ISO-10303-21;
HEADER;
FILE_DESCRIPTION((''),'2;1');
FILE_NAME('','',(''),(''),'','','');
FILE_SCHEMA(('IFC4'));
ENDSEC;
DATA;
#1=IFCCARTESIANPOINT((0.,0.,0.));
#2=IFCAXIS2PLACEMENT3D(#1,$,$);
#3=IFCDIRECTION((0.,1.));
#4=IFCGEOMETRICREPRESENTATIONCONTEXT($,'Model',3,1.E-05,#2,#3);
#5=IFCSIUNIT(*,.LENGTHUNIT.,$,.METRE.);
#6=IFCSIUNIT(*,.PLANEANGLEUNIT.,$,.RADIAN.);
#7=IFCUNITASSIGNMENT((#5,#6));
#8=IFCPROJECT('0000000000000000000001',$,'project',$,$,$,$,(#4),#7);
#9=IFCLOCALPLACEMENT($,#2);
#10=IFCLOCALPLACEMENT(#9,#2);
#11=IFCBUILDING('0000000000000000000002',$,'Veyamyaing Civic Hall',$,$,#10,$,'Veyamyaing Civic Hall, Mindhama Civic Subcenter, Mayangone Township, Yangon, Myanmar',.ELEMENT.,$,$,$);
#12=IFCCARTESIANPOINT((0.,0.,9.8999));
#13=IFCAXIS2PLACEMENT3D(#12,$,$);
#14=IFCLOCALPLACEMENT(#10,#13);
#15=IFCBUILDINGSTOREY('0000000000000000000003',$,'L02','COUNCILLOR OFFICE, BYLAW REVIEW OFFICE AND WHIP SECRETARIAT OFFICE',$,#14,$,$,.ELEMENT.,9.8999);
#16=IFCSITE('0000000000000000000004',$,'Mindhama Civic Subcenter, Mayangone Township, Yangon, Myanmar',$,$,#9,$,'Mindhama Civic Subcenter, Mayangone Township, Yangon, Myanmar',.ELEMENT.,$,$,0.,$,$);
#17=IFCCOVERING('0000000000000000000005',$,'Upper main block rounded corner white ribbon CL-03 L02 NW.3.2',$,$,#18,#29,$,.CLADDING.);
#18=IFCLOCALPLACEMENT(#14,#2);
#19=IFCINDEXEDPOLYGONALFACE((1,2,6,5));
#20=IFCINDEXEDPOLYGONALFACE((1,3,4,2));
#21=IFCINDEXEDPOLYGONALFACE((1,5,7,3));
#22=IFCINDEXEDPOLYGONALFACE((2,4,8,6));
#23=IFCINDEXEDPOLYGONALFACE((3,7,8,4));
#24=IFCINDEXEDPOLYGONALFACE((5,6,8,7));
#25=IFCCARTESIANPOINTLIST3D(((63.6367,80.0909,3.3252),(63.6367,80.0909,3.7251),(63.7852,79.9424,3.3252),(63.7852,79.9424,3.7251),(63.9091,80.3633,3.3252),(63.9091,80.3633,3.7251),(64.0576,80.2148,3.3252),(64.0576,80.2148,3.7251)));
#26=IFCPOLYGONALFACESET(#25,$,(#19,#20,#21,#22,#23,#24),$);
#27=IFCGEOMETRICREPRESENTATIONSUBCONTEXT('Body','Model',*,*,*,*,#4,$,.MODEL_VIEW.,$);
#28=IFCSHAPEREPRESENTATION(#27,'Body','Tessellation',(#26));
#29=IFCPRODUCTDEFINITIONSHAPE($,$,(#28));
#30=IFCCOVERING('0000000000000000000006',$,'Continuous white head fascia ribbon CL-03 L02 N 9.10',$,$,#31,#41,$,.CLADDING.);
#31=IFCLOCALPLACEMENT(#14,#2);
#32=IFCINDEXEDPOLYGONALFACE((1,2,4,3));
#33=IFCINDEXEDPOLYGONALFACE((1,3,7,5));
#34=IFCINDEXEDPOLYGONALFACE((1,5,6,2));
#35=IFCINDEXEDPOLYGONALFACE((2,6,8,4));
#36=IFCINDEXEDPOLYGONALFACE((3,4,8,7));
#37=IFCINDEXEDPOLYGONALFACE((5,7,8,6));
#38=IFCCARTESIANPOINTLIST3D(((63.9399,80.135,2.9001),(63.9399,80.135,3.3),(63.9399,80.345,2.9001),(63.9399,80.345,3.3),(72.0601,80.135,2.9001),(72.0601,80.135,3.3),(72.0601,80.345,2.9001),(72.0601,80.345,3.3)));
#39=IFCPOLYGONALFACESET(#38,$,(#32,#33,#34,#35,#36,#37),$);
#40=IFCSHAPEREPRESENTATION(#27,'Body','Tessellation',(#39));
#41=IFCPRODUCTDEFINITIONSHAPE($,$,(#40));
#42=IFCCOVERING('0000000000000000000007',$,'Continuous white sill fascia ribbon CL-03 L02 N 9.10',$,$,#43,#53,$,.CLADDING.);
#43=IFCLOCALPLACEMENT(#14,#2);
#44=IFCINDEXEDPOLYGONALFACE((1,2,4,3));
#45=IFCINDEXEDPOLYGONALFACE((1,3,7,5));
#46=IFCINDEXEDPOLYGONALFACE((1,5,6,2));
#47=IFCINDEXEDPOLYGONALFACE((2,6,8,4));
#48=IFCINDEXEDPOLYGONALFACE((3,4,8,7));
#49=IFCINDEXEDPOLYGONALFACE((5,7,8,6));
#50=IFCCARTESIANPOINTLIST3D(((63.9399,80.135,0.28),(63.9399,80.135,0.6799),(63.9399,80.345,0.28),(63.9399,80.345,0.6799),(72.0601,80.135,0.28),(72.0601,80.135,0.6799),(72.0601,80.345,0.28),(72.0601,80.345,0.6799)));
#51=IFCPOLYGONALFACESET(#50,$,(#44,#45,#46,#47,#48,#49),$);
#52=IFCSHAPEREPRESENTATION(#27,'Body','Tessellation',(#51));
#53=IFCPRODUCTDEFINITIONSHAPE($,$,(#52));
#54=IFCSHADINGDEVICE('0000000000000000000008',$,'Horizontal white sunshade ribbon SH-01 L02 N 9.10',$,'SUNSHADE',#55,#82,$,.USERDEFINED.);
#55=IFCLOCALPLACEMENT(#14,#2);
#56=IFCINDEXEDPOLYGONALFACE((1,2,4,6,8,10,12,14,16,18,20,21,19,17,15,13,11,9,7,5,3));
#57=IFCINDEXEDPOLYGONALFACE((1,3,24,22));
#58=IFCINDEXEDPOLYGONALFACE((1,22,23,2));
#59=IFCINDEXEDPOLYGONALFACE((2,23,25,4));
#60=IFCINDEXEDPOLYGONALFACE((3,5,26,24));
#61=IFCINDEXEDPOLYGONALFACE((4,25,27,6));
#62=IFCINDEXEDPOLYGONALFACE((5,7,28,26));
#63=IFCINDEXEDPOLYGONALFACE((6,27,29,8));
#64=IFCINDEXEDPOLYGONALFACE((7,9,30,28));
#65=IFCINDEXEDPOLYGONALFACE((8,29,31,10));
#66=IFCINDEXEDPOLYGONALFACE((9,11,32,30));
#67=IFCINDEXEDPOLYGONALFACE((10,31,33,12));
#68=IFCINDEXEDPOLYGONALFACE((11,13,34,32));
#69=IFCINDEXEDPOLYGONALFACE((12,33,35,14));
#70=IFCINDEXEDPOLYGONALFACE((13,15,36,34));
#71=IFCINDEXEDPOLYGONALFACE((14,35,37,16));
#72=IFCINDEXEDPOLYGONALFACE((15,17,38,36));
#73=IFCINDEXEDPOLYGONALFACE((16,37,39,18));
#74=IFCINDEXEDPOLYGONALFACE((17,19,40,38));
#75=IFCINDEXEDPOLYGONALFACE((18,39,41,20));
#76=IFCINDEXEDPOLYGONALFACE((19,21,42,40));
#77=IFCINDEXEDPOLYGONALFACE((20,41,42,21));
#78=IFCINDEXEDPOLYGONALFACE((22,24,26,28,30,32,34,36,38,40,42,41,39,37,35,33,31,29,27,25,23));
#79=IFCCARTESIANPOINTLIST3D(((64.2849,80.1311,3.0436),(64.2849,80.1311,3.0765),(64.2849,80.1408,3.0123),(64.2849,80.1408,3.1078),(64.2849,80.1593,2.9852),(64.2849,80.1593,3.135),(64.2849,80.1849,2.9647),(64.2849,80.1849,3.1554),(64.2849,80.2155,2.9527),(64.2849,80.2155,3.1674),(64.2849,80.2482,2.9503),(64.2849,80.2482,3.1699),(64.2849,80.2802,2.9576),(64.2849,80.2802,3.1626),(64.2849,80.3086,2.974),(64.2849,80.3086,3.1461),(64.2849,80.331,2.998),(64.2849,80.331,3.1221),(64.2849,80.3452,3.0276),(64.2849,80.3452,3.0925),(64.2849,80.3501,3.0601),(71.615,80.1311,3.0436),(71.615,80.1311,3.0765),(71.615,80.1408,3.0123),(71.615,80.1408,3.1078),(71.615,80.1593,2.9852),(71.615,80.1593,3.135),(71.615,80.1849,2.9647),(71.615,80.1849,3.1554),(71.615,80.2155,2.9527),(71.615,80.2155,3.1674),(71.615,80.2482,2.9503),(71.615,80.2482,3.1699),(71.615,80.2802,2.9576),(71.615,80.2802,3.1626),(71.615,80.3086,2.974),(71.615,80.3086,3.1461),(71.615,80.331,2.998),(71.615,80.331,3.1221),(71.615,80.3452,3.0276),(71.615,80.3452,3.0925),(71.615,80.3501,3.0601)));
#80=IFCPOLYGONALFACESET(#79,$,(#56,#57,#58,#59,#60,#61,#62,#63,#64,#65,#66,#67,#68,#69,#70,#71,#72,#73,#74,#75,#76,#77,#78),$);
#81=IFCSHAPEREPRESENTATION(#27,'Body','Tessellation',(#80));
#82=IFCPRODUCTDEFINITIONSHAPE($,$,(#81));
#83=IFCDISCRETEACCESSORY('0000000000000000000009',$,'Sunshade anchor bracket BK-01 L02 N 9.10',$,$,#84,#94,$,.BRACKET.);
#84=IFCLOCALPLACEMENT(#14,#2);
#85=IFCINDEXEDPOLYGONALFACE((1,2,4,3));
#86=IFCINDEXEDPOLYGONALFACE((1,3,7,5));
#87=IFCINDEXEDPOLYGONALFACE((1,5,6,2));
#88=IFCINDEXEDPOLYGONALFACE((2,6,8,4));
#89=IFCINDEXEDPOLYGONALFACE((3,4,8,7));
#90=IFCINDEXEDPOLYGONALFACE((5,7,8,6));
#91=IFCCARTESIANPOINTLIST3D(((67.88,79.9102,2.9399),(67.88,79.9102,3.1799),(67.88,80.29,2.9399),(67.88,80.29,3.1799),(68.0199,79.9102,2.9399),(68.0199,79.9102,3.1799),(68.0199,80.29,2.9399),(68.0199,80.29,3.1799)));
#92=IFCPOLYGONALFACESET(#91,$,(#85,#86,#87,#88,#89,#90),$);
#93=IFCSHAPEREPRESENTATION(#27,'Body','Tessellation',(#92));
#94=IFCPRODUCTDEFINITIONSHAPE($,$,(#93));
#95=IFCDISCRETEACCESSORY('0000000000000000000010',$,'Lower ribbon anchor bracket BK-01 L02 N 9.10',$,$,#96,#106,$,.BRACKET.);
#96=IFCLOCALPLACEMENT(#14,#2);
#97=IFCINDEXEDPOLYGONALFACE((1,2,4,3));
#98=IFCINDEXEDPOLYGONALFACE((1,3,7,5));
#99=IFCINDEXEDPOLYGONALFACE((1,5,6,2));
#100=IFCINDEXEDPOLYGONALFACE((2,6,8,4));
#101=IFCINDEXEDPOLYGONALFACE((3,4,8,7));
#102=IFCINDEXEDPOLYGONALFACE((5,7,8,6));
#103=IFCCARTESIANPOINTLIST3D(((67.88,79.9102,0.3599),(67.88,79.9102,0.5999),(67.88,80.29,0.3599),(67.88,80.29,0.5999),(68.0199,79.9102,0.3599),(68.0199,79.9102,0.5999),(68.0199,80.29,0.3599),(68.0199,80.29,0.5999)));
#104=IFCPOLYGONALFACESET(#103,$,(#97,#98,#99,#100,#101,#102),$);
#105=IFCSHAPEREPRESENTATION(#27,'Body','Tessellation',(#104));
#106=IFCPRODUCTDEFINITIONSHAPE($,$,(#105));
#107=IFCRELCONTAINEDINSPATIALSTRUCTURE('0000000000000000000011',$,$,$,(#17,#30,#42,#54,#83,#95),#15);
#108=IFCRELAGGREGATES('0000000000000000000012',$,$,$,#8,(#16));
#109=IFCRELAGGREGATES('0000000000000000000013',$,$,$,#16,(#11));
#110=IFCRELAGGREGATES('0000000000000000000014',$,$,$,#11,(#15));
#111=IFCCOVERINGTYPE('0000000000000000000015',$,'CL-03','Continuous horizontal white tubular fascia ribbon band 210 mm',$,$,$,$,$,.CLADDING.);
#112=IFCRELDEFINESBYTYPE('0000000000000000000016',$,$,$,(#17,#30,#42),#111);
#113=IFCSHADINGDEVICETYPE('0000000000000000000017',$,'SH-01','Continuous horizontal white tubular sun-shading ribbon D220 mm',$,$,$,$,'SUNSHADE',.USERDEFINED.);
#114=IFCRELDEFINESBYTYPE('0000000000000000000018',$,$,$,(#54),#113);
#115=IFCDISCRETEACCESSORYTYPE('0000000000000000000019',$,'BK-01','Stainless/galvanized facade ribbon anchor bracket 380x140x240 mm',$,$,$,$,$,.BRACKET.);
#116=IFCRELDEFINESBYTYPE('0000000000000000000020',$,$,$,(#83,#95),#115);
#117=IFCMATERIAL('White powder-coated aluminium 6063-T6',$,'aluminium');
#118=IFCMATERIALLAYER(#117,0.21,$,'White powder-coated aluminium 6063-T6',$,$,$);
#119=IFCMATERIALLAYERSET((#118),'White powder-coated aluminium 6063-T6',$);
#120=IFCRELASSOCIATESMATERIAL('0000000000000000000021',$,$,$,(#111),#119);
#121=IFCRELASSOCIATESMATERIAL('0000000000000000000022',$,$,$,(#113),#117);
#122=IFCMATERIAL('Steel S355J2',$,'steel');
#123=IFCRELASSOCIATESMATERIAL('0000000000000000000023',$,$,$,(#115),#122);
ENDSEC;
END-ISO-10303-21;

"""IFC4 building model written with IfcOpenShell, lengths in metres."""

from ifc_helpers import new_model, si_unit, direction, frame, origin, origin_2d, place, context, subcontext, project, spatial, rectangle, circle, extrude, material, layer, layer_set, material_profile, profile_set, type_object, element, save


model = new_model("IFC4")

# Units and contexts
model_context = context("Model", 3, precision=1e-05, world=origin(), true_north=direction((0.0, 1.0)))
body_context = subcontext(model_context, "Body", "Model", "MODEL_VIEW")
ifc_project = project(units=[si_unit("LENGTHUNIT", "METRE"), si_unit("PLANEANGLEUNIT", "RADIAN")], contexts=[model_context])

# Site, building, storey
site_placement = place(None, origin())
site = spatial("IfcSite", under=ifc_project, at=site_placement, Name="Mindhama Civic Subcenter, Mayangone Township, Yangon, Myanmar", LongName="Mindhama Civic Subcenter, Mayangone Township, Yangon, Myanmar", CompositionType="ELEMENT", RefElevation=0.0)
building_placement = place(site_placement, origin())
building = spatial("IfcBuilding", under=site, at=building_placement, Name="Veyamyaing Civic Hall", LongName="Veyamyaing Civic Hall, Mindhama Civic Subcenter, Mayangone Township, Yangon, Myanmar", CompositionType="ELEMENT")
storey_placement = place(building_placement, frame((0.0, 0.0, 9.8999)))
storey = spatial("IfcBuildingStorey", under=building, at=storey_placement, Name="L02", Description="COUNCILLOR OFFICE, BYLAW REVIEW OFFICE AND WHIP SECRETARIAT OFFICE", CompositionType="ELEMENT", Elevation=9.8999)

# Coverings
ifc_material_1 = material(Name="White powder-coated aluminium 6063-T6", Category="aluminium")
ifc_layer_1 = layer(ifc_material_1, 0.21, Name="White powder-coated aluminium 6063-T6")
ifc_layer_set_1 = layer_set([ifc_layer_1], Name="White powder-coated aluminium 6063-T6")
covering_type = type_object("IfcCoveringType", Name="CL-03", Description="Continuous horizontal white tubular fascia ribbon band 210 mm", PredefinedType="CLADDING", material=ifc_layer_set_1)
for number, where, z_axis, x_axis, name in (
    (1, (63.8472, 80.1528, 3.3252), (0.0, 0.0, 1.0), (-0.707107, -0.707107, 0.0), "Upper main block rounded corner white ribbon CL-03 L02 NW.3.2"),
):
    element("IfcCovering", number, at=place(storey_placement, frame(where, z_axis=z_axis, x_axis=x_axis)), inside=storey, type_object=covering_type, Name=name, PredefinedType="CLADDING", context=body_context, shape_type="SweptSolid", body=[
        extrude(rectangle(XDim=0.3853, YDim=0.21, at=origin_2d()), origin(), (0.0, 0.0, 1.0), 0.3999),
    ])
for number, where, z_axis, x_axis, name in (
    (2, (68.0, 80.24, 2.9001), (0.0, 0.0, 1.0), (1.0, 0.0, 0.0), "Continuous white head fascia ribbon CL-03 L02 N 9.10"),
    (3, (68.0, 80.24, 0.28), (0.0, 0.0, 1.0), (1.0, 0.0, 0.0), "Continuous white sill fascia ribbon CL-03 L02 N 9.10"),
):
    element("IfcCovering", number, at=place(storey_placement, frame(where, z_axis=z_axis, x_axis=x_axis)), inside=storey, type_object=covering_type, Name=name, PredefinedType="CLADDING", context=body_context, shape_type="SweptSolid", body=[
        extrude(rectangle(XDim=8.1201, YDim=0.21, at=origin_2d()), origin(), (0.0, 0.0, 1.0), 0.3999),
    ])

# Shading device
ifc_material_profile_1 = material_profile(ifc_material_1, circle(Radius=0.1101, at=origin_2d()), Name="SHADE-TUBE-220")
ifc_profile_set_1 = profile_set([ifc_material_profile_1], Name="White powder-coated aluminium 6063-T6")
shading_device_type = type_object("IfcShadingDeviceType", Name="SH-01", Description="Continuous horizontal white tubular sun-shading ribbon D220 mm", ElementType="SUNSHADE", PredefinedType="USERDEFINED", material=ifc_profile_set_1)
shading_device_placement = place(storey_placement, frame((64.2849, 80.24, 3.0601), z_axis=(1.0, 0.0, 0.0), x_axis=(0.0, 1.0, 0.0)))
element("IfcShadingDevice", 4, at=shading_device_placement, inside=storey, type_object=shading_device_type, Name="Horizontal white sunshade ribbon SH-01 L02 N 9.10", ObjectType="SUNSHADE", PredefinedType="USERDEFINED", context=body_context, shape_type="SweptSolid", body=[
    extrude(circle(Radius=0.1101, at=origin_2d()), origin(), (0.0, 0.0, 1.0), 7.3301),
])

# Discrete accessories
ifc_material_2 = material(Name="Steel S355J2", Category="steel")
discrete_accessory_type = type_object("IfcDiscreteAccessoryType", Name="BK-01", Description="Stainless/galvanized facade ribbon anchor bracket 380x140x240 mm", PredefinedType="BRACKET", material=ifc_material_2)
for number, where, z_axis, x_axis, name in (
    (5, (67.95, 80.1001, 2.9399), (0.0, 0.0, 1.0), (0.0, 1.0, 0.0), "Sunshade anchor bracket BK-01 L02 N 9.10"),
    (6, (67.95, 80.1001, 0.3599), (0.0, 0.0, 1.0), (0.0, 1.0, 0.0), "Lower ribbon anchor bracket BK-01 L02 N 9.10"),
):
    element("IfcDiscreteAccessory", number, at=place(storey_placement, frame(where, z_axis=z_axis, x_axis=x_axis)), inside=storey, type_object=discrete_accessory_type, Name=name, PredefinedType="BRACKET", context=body_context, shape_type="SweptSolid", body=[
        extrude(rectangle(XDim=0.3799, YDim=0.1399, at=origin_2d()), origin(), (0.0, 0.0, 1.0), 0.24),
    ])

save(model, "model.ifc")
